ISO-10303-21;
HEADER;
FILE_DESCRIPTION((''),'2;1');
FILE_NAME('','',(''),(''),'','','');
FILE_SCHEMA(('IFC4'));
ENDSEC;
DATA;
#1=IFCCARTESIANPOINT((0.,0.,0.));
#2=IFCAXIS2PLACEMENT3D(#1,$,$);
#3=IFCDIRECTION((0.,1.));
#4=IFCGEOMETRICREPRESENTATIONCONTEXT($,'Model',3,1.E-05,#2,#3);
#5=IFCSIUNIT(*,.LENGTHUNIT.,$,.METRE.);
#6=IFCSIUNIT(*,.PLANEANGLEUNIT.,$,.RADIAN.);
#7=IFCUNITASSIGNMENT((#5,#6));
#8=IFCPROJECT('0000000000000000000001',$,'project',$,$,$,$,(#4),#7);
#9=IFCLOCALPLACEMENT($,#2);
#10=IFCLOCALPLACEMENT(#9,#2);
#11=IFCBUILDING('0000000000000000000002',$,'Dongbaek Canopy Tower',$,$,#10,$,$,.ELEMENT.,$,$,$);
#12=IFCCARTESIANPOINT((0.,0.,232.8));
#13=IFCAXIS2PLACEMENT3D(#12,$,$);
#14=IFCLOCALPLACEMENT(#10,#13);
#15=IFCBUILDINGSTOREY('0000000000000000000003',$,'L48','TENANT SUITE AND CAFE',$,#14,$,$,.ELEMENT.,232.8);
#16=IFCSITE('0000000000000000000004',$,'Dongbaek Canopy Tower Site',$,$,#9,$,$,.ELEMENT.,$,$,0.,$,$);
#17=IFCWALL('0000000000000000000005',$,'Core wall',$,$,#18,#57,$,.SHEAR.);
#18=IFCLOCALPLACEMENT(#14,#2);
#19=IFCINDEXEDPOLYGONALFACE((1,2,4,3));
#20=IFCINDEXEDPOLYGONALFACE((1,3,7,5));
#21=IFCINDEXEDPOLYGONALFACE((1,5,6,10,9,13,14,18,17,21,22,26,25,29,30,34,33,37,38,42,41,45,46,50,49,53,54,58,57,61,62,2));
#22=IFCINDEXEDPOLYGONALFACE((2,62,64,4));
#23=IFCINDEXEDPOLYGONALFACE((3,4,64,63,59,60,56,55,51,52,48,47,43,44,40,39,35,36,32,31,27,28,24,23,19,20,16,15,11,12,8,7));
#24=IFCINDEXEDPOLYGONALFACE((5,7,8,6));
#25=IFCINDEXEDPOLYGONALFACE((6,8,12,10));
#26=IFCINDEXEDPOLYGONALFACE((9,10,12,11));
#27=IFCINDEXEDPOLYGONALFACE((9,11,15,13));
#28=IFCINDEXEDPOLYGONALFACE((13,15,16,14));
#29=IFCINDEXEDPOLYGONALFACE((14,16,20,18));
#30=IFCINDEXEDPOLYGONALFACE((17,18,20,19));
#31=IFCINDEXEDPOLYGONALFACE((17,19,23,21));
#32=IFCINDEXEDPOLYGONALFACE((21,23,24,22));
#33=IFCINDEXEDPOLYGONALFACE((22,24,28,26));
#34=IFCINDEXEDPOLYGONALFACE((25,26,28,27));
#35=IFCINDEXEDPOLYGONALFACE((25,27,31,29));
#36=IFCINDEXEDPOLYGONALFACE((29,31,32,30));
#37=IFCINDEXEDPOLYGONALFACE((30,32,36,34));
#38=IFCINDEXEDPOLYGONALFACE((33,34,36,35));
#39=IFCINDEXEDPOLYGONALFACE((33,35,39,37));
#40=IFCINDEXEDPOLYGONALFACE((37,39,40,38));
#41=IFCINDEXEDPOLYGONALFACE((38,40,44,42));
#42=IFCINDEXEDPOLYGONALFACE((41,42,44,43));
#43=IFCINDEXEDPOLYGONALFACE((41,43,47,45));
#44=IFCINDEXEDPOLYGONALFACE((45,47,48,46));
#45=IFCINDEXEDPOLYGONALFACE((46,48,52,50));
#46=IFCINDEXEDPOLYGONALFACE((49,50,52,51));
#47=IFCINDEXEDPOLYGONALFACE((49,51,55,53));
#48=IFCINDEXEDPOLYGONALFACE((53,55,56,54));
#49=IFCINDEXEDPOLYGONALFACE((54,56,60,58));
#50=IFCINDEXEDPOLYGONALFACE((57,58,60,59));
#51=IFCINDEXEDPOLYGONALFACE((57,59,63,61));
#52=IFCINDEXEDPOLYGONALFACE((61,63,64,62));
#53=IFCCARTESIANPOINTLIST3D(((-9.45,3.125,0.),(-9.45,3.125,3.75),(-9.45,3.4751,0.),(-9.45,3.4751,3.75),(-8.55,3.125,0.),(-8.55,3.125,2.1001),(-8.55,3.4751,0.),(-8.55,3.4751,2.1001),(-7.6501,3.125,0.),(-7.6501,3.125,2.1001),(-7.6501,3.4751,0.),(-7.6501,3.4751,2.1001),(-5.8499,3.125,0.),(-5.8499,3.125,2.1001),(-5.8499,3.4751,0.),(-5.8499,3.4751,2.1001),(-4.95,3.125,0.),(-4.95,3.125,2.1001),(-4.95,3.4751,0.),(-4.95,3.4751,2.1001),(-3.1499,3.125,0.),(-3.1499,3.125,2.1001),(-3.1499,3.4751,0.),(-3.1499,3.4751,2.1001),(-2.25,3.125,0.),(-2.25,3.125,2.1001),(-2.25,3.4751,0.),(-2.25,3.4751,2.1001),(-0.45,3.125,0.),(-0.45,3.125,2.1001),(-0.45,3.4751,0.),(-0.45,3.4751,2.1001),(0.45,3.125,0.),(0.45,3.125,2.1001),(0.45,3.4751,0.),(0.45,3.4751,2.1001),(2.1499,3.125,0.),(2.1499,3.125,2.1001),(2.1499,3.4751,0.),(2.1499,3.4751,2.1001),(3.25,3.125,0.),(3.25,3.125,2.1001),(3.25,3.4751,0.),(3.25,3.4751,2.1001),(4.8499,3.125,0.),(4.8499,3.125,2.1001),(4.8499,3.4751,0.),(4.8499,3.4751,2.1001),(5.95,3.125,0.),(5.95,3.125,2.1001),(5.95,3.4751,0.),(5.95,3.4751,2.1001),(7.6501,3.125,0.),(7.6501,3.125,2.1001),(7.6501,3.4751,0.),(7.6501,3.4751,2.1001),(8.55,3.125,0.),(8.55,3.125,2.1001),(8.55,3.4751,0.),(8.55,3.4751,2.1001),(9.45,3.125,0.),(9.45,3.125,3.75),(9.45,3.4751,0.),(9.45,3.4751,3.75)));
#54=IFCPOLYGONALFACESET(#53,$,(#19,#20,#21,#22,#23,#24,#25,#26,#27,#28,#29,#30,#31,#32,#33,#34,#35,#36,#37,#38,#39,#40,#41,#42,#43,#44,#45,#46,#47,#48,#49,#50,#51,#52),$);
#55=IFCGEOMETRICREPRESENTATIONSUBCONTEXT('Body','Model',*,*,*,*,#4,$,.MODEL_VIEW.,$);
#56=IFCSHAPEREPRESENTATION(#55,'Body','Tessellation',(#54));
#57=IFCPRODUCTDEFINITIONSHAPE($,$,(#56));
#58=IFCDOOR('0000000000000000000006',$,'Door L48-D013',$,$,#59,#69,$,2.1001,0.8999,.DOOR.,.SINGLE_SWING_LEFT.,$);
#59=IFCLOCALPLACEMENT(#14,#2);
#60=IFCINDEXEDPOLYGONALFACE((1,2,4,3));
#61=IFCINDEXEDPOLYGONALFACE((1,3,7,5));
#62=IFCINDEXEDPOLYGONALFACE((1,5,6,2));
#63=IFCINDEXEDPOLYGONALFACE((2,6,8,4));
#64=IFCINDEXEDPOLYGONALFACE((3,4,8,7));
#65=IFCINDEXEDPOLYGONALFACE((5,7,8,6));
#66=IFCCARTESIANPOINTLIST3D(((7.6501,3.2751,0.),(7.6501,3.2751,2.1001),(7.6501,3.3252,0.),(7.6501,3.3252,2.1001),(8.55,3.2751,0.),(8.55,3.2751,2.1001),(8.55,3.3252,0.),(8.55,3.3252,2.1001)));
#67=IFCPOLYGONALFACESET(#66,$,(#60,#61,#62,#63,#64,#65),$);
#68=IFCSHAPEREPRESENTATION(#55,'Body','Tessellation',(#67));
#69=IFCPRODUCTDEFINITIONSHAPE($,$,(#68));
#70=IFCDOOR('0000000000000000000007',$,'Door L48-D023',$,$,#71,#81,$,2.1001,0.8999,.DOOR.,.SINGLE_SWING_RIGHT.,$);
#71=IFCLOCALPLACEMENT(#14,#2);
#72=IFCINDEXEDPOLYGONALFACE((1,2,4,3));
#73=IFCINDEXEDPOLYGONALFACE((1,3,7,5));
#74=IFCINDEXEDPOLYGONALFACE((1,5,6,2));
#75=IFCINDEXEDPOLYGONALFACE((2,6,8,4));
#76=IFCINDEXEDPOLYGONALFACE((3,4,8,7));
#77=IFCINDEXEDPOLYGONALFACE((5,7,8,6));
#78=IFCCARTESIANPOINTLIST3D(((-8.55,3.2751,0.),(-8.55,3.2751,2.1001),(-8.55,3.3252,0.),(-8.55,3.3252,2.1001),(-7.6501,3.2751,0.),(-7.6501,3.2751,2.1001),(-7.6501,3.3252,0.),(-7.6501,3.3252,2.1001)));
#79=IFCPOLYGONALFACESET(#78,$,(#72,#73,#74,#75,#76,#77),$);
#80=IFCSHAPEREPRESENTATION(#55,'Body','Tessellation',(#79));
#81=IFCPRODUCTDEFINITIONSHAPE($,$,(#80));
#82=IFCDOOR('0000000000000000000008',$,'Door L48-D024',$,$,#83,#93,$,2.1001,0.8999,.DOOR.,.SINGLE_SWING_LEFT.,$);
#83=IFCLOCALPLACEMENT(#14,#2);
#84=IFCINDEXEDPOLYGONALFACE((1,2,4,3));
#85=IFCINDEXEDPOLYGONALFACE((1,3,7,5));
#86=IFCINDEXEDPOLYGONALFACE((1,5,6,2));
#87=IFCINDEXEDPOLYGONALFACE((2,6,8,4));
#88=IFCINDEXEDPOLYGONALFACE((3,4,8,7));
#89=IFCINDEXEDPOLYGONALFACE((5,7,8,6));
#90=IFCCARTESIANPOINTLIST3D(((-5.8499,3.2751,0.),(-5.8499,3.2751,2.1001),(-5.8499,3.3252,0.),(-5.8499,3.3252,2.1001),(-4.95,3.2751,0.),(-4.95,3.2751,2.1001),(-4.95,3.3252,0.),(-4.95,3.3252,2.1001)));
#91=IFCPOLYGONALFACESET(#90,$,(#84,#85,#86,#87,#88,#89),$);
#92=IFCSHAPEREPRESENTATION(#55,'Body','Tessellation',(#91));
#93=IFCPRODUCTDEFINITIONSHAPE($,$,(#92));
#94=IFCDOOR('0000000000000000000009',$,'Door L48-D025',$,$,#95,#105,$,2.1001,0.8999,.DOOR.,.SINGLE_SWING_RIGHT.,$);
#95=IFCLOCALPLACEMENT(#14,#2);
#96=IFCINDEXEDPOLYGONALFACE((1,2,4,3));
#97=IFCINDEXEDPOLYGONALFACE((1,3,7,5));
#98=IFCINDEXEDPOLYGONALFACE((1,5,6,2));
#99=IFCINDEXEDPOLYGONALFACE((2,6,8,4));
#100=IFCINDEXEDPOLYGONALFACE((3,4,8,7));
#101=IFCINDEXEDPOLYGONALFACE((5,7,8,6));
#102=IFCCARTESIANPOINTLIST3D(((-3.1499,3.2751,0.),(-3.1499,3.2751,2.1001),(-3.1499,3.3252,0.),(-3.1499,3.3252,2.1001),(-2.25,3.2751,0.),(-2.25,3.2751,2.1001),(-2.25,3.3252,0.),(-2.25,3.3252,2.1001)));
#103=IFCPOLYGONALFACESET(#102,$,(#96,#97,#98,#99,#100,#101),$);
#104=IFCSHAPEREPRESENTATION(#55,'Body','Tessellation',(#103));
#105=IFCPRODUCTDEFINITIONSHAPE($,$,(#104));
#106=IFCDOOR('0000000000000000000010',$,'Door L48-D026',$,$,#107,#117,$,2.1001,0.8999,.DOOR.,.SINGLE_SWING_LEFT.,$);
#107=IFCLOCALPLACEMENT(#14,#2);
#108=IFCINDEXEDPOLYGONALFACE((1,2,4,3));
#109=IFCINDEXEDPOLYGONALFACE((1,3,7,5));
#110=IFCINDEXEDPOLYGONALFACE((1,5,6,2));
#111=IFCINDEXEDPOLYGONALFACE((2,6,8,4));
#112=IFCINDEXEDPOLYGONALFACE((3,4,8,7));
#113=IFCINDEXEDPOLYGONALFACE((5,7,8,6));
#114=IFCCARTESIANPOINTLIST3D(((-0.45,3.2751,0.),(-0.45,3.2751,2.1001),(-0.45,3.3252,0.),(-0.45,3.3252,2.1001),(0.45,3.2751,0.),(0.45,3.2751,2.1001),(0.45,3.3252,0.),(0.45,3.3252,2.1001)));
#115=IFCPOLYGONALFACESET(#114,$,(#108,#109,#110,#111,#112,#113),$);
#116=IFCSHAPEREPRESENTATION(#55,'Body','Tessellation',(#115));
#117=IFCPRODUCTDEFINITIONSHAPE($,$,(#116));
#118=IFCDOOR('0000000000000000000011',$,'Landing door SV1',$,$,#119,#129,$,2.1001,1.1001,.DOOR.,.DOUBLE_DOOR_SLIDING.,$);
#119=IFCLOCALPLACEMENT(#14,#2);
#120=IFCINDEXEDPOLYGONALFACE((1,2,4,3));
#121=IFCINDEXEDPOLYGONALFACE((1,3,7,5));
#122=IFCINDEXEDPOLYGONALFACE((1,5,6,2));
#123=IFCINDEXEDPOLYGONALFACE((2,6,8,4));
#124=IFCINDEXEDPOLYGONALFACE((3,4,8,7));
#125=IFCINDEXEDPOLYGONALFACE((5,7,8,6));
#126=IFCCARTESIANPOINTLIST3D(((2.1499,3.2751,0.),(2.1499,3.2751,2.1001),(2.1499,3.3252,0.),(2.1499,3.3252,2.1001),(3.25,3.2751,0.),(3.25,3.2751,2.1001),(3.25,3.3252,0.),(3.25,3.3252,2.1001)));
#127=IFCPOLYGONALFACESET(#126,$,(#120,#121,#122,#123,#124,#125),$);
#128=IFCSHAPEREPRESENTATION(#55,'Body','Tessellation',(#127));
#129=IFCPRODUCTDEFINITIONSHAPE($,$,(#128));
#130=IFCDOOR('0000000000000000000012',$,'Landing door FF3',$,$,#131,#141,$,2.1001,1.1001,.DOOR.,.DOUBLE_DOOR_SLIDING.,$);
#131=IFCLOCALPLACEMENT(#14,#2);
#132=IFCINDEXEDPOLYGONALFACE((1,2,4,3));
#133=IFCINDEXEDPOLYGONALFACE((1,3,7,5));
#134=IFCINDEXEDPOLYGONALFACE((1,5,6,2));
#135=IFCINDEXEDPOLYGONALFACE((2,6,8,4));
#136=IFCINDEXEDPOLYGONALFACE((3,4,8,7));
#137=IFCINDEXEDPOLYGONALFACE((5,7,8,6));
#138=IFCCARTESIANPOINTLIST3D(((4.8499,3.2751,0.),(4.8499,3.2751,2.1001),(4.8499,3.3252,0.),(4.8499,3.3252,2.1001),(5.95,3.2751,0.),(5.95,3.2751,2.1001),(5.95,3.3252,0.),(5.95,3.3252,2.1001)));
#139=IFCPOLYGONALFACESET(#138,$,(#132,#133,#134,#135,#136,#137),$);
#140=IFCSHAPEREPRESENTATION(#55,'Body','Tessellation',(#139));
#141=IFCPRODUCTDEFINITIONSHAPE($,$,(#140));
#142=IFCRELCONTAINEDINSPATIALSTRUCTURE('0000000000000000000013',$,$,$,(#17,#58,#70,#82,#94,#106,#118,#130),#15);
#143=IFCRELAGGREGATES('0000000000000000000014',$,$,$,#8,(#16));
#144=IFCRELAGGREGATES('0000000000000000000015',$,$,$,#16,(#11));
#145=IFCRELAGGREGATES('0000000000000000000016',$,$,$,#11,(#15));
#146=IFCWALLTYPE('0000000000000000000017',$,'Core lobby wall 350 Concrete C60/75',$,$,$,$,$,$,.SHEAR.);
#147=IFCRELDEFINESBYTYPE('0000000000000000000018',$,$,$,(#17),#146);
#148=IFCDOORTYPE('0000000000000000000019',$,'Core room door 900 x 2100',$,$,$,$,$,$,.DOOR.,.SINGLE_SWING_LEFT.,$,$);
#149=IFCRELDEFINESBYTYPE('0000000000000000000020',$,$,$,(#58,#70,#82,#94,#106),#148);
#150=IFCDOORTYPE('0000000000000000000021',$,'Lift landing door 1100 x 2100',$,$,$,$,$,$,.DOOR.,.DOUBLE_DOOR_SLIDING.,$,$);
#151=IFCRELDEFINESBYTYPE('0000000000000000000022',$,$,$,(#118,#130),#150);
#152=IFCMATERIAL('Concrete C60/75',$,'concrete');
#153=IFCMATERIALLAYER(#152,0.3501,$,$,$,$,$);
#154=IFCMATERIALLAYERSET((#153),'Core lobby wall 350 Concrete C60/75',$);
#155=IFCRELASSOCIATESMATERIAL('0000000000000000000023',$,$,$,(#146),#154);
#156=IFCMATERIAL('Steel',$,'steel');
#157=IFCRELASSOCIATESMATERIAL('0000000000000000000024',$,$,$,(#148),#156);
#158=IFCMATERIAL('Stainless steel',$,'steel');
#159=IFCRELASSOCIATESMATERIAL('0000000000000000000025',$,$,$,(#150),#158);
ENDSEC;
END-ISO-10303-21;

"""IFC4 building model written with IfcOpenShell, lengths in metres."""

from ifc_helpers import new_model, si_unit, direction, frame, frame_2d, origin, place, context, subcontext, project, spatial, rectangle, extrude, material, layer, layer_set, type_object, element, fill, save


model = new_model("IFC4")

# Units and contexts
model_context = context("Model", 3, precision=1e-05, world=origin(), true_north=direction((0.0, 1.0)))
body_context = subcontext(model_context, "Body", "Model", "MODEL_VIEW")
ifc_project = project(units=[si_unit("LENGTHUNIT", "METRE"), si_unit("PLANEANGLEUNIT", "RADIAN")], contexts=[model_context])

# Site, building, storey
site_placement = place(None, origin())
site = spatial("IfcSite", under=ifc_project, at=site_placement, Name="Dongbaek Canopy Tower Site", CompositionType="ELEMENT", RefElevation=0.0)
building_placement = place(site_placement, origin())
building = spatial("IfcBuilding", under=site, at=building_placement, Name="Dongbaek Canopy Tower", CompositionType="ELEMENT")
storey_placement = place(building_placement, frame((0.0, 0.0, 232.8)))
storey = spatial("IfcBuildingStorey", under=building, at=storey_placement, Name="L48", Description="TENANT SUITE AND CAFE", CompositionType="ELEMENT", Elevation=232.8)

# Wall, openings, doors
ifc_material_1 = material(Name="Concrete C60/75", Category="concrete")
ifc_layer_1 = layer(ifc_material_1, 0.3501)
ifc_layer_set_1 = layer_set([ifc_layer_1], Name="Core lobby wall 350 Concrete C60/75")
wall_type_1 = type_object("IfcWallType", Name="Core lobby wall 350 Concrete C60/75", PredefinedType="SHEAR", material=ifc_layer_set_1)
wall_1_placement = place(storey_placement, frame((9.45, 3.3, 0.0), z_axis=(0.0, 0.0, 1.0), x_axis=(-1.0, 0.0, 0.0)))
wall_1 = element("IfcWall", 1, at=wall_1_placement, inside=storey, type_object=wall_type_1, Name="Core wall", PredefinedType="SHEAR", context=body_context, shape_type="SweptSolid", body=[
    extrude(rectangle(XDim=18.8999, YDim=0.3501, at=frame_2d((9.45, 0.0))), origin(), (0.0, 0.0, 1.0), 3.75),
])
opening_1_placement = place(wall_1_placement, frame((6.2, 0.0, 0.0)))
opening_1 = element("IfcOpeningElement", 2, at=opening_1_placement, cuts=wall_1, PredefinedType="OPENING", context=body_context, shape_type="SweptSolid", body=[
    extrude(rectangle(XDim=1.1001, YDim=2.1001, at=frame_2d((0.55, 1.05))), frame((0.0, 0.1851, 0.0), z_axis=(0.0, -1.0, 0.0), x_axis=(1.0, 0.0, 0.0)), (0.0, 0.0, 1.0), 0.3701),
])
opening_2_placement = place(wall_1_placement, frame((3.5, 0.0, 0.0)))
opening_2 = element("IfcOpeningElement", 3, at=opening_2_placement, cuts=wall_1, PredefinedType="OPENING", context=body_context, shape_type="SweptSolid", body=[
    extrude(rectangle(XDim=1.1001, YDim=2.1001, at=frame_2d((0.55, 1.05))), frame((0.0, 0.1851, 0.0), z_axis=(0.0, -1.0, 0.0), x_axis=(1.0, 0.0, 0.0)), (0.0, 0.0, 1.0), 0.3701),
])
opening_3_placement = place(wall_1_placement, frame((0.8999, 0.0, 0.0)))
opening_3 = element("IfcOpeningElement", 4, at=opening_3_placement, cuts=wall_1, PredefinedType="OPENING", context=body_context, shape_type="SweptSolid", body=[
    extrude(rectangle(XDim=0.8999, YDim=2.1001, at=frame_2d((0.45, 1.05))), frame((0.0, 0.1851, 0.0), z_axis=(0.0, -1.0, 0.0), x_axis=(1.0, 0.0, 0.0)), (0.0, 0.0, 1.0), 0.3701),
])
opening_4_placement = place(wall_1_placement, frame((17.1001, 0.0, 0.0)))
opening_4 = element("IfcOpeningElement", 5, at=opening_4_placement, cuts=wall_1, PredefinedType="OPENING", context=body_context, shape_type="SweptSolid", body=[
    extrude(rectangle(XDim=0.8999, YDim=2.1001, at=frame_2d((0.45, 1.05))), frame((0.0, 0.1851, 0.0), z_axis=(0.0, -1.0, 0.0), x_axis=(1.0, 0.0, 0.0)), (0.0, 0.0, 1.0), 0.3701),
])
opening_5_placement = place(wall_1_placement, frame((14.3999, 0.0, 0.0)))
opening_5 = element("IfcOpeningElement", 6, at=opening_5_placement, cuts=wall_1, PredefinedType="OPENING", context=body_context, shape_type="SweptSolid", body=[
    extrude(rectangle(XDim=0.8999, YDim=2.1001, at=frame_2d((0.45, 1.05))), frame((0.0, 0.1851, 0.0), z_axis=(0.0, -1.0, 0.0), x_axis=(1.0, 0.0, 0.0)), (0.0, 0.0, 1.0), 0.3701),
])
opening_6_placement = place(wall_1_placement, frame((11.7, 0.0, 0.0)))
opening_6 = element("IfcOpeningElement", 7, at=opening_6_placement, cuts=wall_1, PredefinedType="OPENING", context=body_context, shape_type="SweptSolid", body=[
    extrude(rectangle(XDim=0.8999, YDim=2.1001, at=frame_2d((0.45, 1.05))), frame((0.0, 0.1851, 0.0), z_axis=(0.0, -1.0, 0.0), x_axis=(1.0, 0.0, 0.0)), (0.0, 0.0, 1.0), 0.3701),
])
opening_7_placement = place(wall_1_placement, frame((9.0, 0.0, 0.0)))
opening_7 = element("IfcOpeningElement", 8, at=opening_7_placement, cuts=wall_1, PredefinedType="OPENING", context=body_context, shape_type="SweptSolid", body=[
    extrude(rectangle(XDim=0.8999, YDim=2.1001, at=frame_2d((0.45, 1.05))), frame((0.0, 0.1851, 0.0), z_axis=(0.0, -1.0, 0.0), x_axis=(1.0, 0.0, 0.0)), (0.0, 0.0, 1.0), 0.3701),
])
ifc_material_2 = material(Name="Steel", Category="steel")
door_type_1 = type_object("IfcDoorType", Name="Core room door 900 x 2100", OperationType="SINGLE_SWING_LEFT", PredefinedType="DOOR", material=ifc_material_2)
door_1_placement = place(opening_3_placement, origin())
door_1 = element("IfcDoor", 9, at=door_1_placement, inside=storey, type_object=door_type_1, Name="Door L48-D013", OperationType="SINGLE_SWING_LEFT", OverallHeight=2.1001, OverallWidth=0.8999, PredefinedType="DOOR", context=body_context, shape_type="SweptSolid", body=[
    extrude(rectangle(XDim=0.8999, YDim=2.1001, at=frame_2d((0.45, 1.05))), frame((0.0, 0.0249, 0.0), z_axis=(0.0, -1.0, 0.0), x_axis=(1.0, 0.0, 0.0)), (0.0, 0.0, 1.0), 0.05),
])
fill(opening_3, door_1)
door_2_placement = place(opening_4_placement, origin())
door_2 = element("IfcDoor", 10, at=door_2_placement, inside=storey, type_object=door_type_1, Name="Door L48-D023", OperationType="SINGLE_SWING_RIGHT", OverallHeight=2.1001, OverallWidth=0.8999, PredefinedType="DOOR", context=body_context, shape_type="SweptSolid", body=[
    extrude(rectangle(XDim=0.8999, YDim=2.1001, at=frame_2d((0.45, 1.05))), frame((0.0, 0.0249, 0.0), z_axis=(0.0, -1.0, 0.0), x_axis=(1.0, 0.0, 0.0)), (0.0, 0.0, 1.0), 0.05),
])
fill(opening_4, door_2)
door_3_placement = place(opening_5_placement, origin())
door_3 = element("IfcDoor", 11, at=door_3_placement, inside=storey, type_object=door_type_1, Name="Door L48-D024", OperationType="SINGLE_SWING_LEFT", OverallHeight=2.1001, OverallWidth=0.8999, PredefinedType="DOOR", context=body_context, shape_type="SweptSolid", body=[
    extrude(rectangle(XDim=0.8999, YDim=2.1001, at=frame_2d((0.45, 1.05))), frame((0.0, 0.0249, 0.0), z_axis=(0.0, -1.0, 0.0), x_axis=(1.0, 0.0, 0.0)), (0.0, 0.0, 1.0), 0.05),
])
fill(opening_5, door_3)
door_4_placement = place(opening_6_placement, origin())
door_4 = element("IfcDoor", 12, at=door_4_placement, inside=storey, type_object=door_type_1, Name="Door L48-D025", OperationType="SINGLE_SWING_RIGHT", OverallHeight=2.1001, OverallWidth=0.8999, PredefinedType="DOOR", context=body_context, shape_type="SweptSolid", body=[
    extrude(rectangle(XDim=0.8999, YDim=2.1001, at=frame_2d((0.45, 1.05))), frame((0.0, 0.0249, 0.0), z_axis=(0.0, -1.0, 0.0), x_axis=(1.0, 0.0, 0.0)), (0.0, 0.0, 1.0), 0.05),
])
fill(opening_6, door_4)
door_5_placement = place(opening_7_placement, origin())
door_5 = element("IfcDoor", 13, at=door_5_placement, inside=storey, type_object=door_type_1, Name="Door L48-D026", OperationType="SINGLE_SWING_LEFT", OverallHeight=2.1001, OverallWidth=0.8999, PredefinedType="DOOR", context=body_context, shape_type="SweptSolid", body=[
    extrude(rectangle(XDim=0.8999, YDim=2.1001, at=frame_2d((0.45, 1.05))), frame((0.0, 0.0249, 0.0), z_axis=(0.0, -1.0, 0.0), x_axis=(1.0, 0.0, 0.0)), (0.0, 0.0, 1.0), 0.05),
])
fill(opening_7, door_5)
ifc_material_3 = material(Name="Stainless steel", Category="steel")
door_type_2 = type_object("IfcDoorType", Name="Lift landing door 1100 x 2100", OperationType="DOUBLE_DOOR_SLIDING", PredefinedType="DOOR", material=ifc_material_3)
door_6_placement = place(opening_1_placement, origin())
door_6 = element("IfcDoor", 14, at=door_6_placement, inside=storey, type_object=door_type_2, Name="Landing door SV1", OperationType="DOUBLE_DOOR_SLIDING", OverallHeight=2.1001, OverallWidth=1.1001, PredefinedType="DOOR", context=body_context, shape_type="SweptSolid", body=[
    extrude(rectangle(XDim=1.1001, YDim=2.1001, at=frame_2d((0.55, 1.05))), frame((0.0, 0.0249, 0.0), z_axis=(0.0, -1.0, 0.0), x_axis=(1.0, 0.0, 0.0)), (0.0, 0.0, 1.0), 0.05),
])
fill(opening_1, door_6)
door_7_placement = place(opening_2_placement, origin())
door_7 = element("IfcDoor", 15, at=door_7_placement, inside=storey, type_object=door_type_2, Name="Landing door FF3", OperationType="DOUBLE_DOOR_SLIDING", OverallHeight=2.1001, OverallWidth=1.1001, PredefinedType="DOOR", context=body_context, shape_type="SweptSolid", body=[
    extrude(rectangle(XDim=1.1001, YDim=2.1001, at=frame_2d((0.55, 1.05))), frame((0.0, 0.0249, 0.0), z_axis=(0.0, -1.0, 0.0), x_axis=(1.0, 0.0, 0.0)), (0.0, 0.0, 1.0), 0.05),
])
fill(opening_2, door_7)

save(model, "model.ifc")
